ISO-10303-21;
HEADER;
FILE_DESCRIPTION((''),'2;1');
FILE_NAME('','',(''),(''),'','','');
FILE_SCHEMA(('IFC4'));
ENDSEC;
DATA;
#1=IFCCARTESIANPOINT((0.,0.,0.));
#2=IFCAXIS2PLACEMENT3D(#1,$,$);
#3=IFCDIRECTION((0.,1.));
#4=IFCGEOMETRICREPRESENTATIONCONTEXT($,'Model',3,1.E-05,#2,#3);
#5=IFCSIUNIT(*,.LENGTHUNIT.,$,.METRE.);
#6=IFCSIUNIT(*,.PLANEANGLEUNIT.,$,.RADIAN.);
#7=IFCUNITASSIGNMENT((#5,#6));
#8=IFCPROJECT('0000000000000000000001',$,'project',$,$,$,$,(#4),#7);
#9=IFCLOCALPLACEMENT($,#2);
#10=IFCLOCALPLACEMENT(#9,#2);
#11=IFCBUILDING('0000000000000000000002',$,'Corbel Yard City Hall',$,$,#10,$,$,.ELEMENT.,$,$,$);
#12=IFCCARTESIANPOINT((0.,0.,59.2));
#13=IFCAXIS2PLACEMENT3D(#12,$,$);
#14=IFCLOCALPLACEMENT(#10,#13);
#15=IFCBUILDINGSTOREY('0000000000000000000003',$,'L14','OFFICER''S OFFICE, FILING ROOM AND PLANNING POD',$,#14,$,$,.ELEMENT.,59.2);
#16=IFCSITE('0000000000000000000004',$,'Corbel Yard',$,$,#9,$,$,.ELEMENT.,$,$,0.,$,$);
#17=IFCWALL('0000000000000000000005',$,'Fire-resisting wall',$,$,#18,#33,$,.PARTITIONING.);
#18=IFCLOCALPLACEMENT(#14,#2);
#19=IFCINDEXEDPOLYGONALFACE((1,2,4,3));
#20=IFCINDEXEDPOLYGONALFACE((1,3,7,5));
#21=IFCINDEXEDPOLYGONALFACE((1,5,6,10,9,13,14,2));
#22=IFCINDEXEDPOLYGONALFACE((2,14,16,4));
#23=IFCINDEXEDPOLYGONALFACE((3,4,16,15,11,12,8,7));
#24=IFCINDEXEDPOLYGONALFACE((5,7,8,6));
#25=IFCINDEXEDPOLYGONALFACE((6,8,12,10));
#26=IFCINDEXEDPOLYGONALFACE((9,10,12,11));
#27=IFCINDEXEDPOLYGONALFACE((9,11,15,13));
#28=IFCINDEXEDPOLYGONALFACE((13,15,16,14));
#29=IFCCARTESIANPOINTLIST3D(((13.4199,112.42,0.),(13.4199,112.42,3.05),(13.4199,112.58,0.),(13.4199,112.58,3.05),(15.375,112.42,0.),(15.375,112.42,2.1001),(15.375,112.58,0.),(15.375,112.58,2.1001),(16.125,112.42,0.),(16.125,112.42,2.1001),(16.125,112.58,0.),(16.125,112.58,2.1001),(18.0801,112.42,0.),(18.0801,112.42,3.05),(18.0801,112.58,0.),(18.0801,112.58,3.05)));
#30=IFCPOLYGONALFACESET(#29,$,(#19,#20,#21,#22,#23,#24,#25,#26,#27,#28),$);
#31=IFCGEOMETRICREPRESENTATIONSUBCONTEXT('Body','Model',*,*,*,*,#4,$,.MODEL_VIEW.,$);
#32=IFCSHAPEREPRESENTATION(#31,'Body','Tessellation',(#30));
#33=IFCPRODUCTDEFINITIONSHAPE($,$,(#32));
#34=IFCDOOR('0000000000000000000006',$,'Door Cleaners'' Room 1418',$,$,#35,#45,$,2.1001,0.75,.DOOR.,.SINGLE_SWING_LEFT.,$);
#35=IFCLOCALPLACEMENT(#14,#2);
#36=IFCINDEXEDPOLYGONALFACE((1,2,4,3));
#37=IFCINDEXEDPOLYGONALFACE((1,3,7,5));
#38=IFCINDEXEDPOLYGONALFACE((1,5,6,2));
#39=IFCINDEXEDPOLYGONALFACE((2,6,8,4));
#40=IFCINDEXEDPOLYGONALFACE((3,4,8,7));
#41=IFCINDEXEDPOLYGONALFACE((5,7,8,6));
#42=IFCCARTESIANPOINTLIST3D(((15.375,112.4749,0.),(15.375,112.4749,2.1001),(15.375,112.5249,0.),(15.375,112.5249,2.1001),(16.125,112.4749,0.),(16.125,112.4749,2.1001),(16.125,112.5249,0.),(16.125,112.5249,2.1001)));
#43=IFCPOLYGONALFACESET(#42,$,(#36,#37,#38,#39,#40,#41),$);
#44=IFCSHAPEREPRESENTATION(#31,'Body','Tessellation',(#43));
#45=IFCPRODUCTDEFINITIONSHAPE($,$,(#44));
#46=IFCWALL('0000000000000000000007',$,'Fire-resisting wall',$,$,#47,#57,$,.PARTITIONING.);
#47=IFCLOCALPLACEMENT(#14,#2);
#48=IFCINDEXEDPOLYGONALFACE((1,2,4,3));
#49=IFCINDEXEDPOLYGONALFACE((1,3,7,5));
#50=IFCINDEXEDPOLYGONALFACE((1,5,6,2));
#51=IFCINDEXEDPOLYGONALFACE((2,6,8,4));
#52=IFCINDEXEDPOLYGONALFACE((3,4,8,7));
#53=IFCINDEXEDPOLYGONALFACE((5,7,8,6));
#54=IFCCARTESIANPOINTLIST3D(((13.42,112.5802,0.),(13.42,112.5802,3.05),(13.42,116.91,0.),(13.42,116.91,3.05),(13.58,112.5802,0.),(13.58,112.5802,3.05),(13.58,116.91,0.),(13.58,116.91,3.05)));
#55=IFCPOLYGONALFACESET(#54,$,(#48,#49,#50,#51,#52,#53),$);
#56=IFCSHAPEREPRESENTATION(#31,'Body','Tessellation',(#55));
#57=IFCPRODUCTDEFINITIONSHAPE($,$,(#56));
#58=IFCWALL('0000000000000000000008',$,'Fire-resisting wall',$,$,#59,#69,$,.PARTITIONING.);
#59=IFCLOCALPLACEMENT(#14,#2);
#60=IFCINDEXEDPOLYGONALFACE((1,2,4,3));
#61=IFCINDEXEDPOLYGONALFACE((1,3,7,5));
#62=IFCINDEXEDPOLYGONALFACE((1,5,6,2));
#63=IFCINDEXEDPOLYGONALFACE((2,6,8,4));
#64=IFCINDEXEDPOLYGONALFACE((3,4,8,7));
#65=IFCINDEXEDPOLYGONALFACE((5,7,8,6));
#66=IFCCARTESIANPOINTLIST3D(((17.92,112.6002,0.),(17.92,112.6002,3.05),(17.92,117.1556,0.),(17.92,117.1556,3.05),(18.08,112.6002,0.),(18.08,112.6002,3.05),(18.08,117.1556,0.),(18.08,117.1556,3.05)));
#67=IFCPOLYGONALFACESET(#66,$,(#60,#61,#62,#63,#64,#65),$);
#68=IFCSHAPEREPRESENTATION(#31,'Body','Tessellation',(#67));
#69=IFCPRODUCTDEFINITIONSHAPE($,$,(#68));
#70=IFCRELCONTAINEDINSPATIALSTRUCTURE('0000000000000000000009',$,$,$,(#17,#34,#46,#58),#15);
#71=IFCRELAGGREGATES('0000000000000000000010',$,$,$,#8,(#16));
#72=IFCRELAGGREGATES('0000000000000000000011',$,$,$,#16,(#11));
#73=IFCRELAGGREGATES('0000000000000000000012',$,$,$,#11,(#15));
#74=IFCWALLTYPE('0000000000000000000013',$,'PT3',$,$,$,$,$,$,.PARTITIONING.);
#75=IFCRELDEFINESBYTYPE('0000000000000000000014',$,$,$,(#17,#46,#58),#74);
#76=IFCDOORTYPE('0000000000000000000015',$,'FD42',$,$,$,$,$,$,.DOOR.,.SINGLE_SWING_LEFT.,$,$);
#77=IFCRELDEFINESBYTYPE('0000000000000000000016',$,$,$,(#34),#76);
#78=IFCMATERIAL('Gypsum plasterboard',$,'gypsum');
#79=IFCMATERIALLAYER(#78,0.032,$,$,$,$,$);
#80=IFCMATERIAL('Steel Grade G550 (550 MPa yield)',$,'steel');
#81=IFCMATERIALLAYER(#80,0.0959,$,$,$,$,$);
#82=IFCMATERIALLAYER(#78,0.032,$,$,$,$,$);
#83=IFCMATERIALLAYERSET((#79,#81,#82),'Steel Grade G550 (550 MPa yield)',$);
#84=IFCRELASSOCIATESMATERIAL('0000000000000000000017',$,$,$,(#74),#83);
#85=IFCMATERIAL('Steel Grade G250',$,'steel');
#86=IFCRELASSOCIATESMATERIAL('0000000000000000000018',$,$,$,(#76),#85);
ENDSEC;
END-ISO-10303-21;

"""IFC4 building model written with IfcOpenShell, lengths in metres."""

from ifc_helpers import new_model, si_unit, direction, frame, frame_2d, origin, place, context, subcontext, project, spatial, rectangle, extrude, material, layer, layer_set, type_object, element, fill, save


model = new_model("IFC4")

# Units and contexts
model_context = context("Model", 3, precision=1e-05, world=origin(), true_north=direction((0.0, 1.0)))
body_context = subcontext(model_context, "Body", "Model", "MODEL_VIEW")
ifc_project = project(units=[si_unit("LENGTHUNIT", "METRE"), si_unit("PLANEANGLEUNIT", "RADIAN")], contexts=[model_context])

# Site, building, storey
site_placement = place(None, origin())
site = spatial("IfcSite", under=ifc_project, at=site_placement, Name="Corbel Yard", CompositionType="ELEMENT", RefElevation=0.0)
building_placement = place(site_placement, origin())
building = spatial("IfcBuilding", under=site, at=building_placement, Name="Corbel Yard City Hall", CompositionType="ELEMENT")
storey_placement = place(building_placement, frame((0.0, 0.0, 59.2)))
storey = spatial("IfcBuildingStorey", under=building, at=storey_placement, Name="L14", Description="OFFICER'S OFFICE, FILING ROOM AND PLANNING POD", CompositionType="ELEMENT", Elevation=59.2)

# Shared definitions
ifc_material_1 = material(Name="Gypsum plasterboard", Category="gypsum")
ifc_material_2 = material(Name="Steel Grade G550 (550 MPa yield)", Category="steel")

# Wall, opening, door
ifc_layer_1 = layer(ifc_material_1, 0.032)
ifc_layer_2 = layer(ifc_material_2, 0.0959)
ifc_layer_3 = layer(ifc_material_1, 0.032)
ifc_layer_set_1 = layer_set([ifc_layer_1, ifc_layer_2, ifc_layer_3], Name="Steel Grade G550 (550 MPa yield)")
wall_type_1 = type_object("IfcWallType", Name="PT3", PredefinedType="PARTITIONING", material=ifc_layer_set_1)
wall_1_placement = place(storey_placement, frame((13.4199, 112.5, 0.0), z_axis=(0.0, 0.0, 1.0), x_axis=(1.0, 0.0, 0.0)))
wall_1 = element("IfcWall", 1, at=wall_1_placement, inside=storey, type_object=wall_type_1, Name="Fire-resisting wall", PredefinedType="PARTITIONING", context=body_context, shape_type="SweptSolid", body=[
    extrude(rectangle(XDim=4.6602, YDim=0.1599, at=frame_2d((2.3301, 0.0))), origin(), (0.0, 0.0, 1.0), 3.05),
])
opening_1_placement = place(wall_1_placement, frame((1.9551, 0.0, 0.0)))
opening_1 = element("IfcOpeningElement", 2, at=opening_1_placement, cuts=wall_1, PredefinedType="OPENING", context=body_context, shape_type="SweptSolid", body=[
    extrude(rectangle(XDim=0.75, YDim=2.1001, at=frame_2d((0.375, 1.05))), frame((0.0, 0.0898, 0.0), z_axis=(0.0, -1.0, 0.0), x_axis=(1.0, 0.0, 0.0)), (0.0, 0.0, 1.0), 0.1799),
])
ifc_material_3 = material(Name="Steel Grade G250", Category="steel")
door_type_1 = type_object("IfcDoorType", Name="FD42", OperationType="SINGLE_SWING_LEFT", PredefinedType="DOOR", material=ifc_material_3)
door_1_placement = place(opening_1_placement, origin())
door_1 = element("IfcDoor", 3, at=door_1_placement, inside=storey, type_object=door_type_1, Name="Door Cleaners' Room 1418", OperationType="SINGLE_SWING_LEFT", OverallHeight=2.1001, OverallWidth=0.75, PredefinedType="DOOR", context=body_context, shape_type="SweptSolid", body=[
    extrude(rectangle(XDim=0.75, YDim=2.1001, at=frame_2d((0.375, 1.05))), frame((0.0, 0.0249, 0.0), z_axis=(0.0, -1.0, 0.0), x_axis=(1.0, 0.0, 0.0)), (0.0, 0.0, 1.0), 0.05),
])
fill(opening_1, door_1)

# Walls
wall_2_placement = place(storey_placement, frame((13.5, 112.5801, 0.0), z_axis=(0.0, 0.0, 1.0), x_axis=(0.0, 1.0, 0.0)))
element("IfcWall", 4, at=wall_2_placement, inside=storey, type_object=wall_type_1, Name="Fire-resisting wall", PredefinedType="PARTITIONING", context=body_context, shape_type="SweptSolid", body=[
    extrude(rectangle(XDim=4.3298, YDim=0.1599, at=frame_2d((2.165, 0.0))), origin(), (0.0, 0.0, 1.0), 3.05),
])
wall_3_placement = place(storey_placement, frame((18.0, 112.6001, 0.0), z_axis=(0.0, 0.0, 1.0), x_axis=(0.0, 1.0, 0.0)))
element("IfcWall", 5, at=wall_3_placement, inside=storey, type_object=wall_type_1, Name="Fire-resisting wall", PredefinedType="PARTITIONING", context=body_context, shape_type="SweptSolid", body=[
    extrude(rectangle(XDim=4.5554, YDim=0.1599, at=frame_2d((2.2778, 0.0))), origin(), (0.0, 0.0, 1.0), 3.05),
])

save(model, "model.ifc")
